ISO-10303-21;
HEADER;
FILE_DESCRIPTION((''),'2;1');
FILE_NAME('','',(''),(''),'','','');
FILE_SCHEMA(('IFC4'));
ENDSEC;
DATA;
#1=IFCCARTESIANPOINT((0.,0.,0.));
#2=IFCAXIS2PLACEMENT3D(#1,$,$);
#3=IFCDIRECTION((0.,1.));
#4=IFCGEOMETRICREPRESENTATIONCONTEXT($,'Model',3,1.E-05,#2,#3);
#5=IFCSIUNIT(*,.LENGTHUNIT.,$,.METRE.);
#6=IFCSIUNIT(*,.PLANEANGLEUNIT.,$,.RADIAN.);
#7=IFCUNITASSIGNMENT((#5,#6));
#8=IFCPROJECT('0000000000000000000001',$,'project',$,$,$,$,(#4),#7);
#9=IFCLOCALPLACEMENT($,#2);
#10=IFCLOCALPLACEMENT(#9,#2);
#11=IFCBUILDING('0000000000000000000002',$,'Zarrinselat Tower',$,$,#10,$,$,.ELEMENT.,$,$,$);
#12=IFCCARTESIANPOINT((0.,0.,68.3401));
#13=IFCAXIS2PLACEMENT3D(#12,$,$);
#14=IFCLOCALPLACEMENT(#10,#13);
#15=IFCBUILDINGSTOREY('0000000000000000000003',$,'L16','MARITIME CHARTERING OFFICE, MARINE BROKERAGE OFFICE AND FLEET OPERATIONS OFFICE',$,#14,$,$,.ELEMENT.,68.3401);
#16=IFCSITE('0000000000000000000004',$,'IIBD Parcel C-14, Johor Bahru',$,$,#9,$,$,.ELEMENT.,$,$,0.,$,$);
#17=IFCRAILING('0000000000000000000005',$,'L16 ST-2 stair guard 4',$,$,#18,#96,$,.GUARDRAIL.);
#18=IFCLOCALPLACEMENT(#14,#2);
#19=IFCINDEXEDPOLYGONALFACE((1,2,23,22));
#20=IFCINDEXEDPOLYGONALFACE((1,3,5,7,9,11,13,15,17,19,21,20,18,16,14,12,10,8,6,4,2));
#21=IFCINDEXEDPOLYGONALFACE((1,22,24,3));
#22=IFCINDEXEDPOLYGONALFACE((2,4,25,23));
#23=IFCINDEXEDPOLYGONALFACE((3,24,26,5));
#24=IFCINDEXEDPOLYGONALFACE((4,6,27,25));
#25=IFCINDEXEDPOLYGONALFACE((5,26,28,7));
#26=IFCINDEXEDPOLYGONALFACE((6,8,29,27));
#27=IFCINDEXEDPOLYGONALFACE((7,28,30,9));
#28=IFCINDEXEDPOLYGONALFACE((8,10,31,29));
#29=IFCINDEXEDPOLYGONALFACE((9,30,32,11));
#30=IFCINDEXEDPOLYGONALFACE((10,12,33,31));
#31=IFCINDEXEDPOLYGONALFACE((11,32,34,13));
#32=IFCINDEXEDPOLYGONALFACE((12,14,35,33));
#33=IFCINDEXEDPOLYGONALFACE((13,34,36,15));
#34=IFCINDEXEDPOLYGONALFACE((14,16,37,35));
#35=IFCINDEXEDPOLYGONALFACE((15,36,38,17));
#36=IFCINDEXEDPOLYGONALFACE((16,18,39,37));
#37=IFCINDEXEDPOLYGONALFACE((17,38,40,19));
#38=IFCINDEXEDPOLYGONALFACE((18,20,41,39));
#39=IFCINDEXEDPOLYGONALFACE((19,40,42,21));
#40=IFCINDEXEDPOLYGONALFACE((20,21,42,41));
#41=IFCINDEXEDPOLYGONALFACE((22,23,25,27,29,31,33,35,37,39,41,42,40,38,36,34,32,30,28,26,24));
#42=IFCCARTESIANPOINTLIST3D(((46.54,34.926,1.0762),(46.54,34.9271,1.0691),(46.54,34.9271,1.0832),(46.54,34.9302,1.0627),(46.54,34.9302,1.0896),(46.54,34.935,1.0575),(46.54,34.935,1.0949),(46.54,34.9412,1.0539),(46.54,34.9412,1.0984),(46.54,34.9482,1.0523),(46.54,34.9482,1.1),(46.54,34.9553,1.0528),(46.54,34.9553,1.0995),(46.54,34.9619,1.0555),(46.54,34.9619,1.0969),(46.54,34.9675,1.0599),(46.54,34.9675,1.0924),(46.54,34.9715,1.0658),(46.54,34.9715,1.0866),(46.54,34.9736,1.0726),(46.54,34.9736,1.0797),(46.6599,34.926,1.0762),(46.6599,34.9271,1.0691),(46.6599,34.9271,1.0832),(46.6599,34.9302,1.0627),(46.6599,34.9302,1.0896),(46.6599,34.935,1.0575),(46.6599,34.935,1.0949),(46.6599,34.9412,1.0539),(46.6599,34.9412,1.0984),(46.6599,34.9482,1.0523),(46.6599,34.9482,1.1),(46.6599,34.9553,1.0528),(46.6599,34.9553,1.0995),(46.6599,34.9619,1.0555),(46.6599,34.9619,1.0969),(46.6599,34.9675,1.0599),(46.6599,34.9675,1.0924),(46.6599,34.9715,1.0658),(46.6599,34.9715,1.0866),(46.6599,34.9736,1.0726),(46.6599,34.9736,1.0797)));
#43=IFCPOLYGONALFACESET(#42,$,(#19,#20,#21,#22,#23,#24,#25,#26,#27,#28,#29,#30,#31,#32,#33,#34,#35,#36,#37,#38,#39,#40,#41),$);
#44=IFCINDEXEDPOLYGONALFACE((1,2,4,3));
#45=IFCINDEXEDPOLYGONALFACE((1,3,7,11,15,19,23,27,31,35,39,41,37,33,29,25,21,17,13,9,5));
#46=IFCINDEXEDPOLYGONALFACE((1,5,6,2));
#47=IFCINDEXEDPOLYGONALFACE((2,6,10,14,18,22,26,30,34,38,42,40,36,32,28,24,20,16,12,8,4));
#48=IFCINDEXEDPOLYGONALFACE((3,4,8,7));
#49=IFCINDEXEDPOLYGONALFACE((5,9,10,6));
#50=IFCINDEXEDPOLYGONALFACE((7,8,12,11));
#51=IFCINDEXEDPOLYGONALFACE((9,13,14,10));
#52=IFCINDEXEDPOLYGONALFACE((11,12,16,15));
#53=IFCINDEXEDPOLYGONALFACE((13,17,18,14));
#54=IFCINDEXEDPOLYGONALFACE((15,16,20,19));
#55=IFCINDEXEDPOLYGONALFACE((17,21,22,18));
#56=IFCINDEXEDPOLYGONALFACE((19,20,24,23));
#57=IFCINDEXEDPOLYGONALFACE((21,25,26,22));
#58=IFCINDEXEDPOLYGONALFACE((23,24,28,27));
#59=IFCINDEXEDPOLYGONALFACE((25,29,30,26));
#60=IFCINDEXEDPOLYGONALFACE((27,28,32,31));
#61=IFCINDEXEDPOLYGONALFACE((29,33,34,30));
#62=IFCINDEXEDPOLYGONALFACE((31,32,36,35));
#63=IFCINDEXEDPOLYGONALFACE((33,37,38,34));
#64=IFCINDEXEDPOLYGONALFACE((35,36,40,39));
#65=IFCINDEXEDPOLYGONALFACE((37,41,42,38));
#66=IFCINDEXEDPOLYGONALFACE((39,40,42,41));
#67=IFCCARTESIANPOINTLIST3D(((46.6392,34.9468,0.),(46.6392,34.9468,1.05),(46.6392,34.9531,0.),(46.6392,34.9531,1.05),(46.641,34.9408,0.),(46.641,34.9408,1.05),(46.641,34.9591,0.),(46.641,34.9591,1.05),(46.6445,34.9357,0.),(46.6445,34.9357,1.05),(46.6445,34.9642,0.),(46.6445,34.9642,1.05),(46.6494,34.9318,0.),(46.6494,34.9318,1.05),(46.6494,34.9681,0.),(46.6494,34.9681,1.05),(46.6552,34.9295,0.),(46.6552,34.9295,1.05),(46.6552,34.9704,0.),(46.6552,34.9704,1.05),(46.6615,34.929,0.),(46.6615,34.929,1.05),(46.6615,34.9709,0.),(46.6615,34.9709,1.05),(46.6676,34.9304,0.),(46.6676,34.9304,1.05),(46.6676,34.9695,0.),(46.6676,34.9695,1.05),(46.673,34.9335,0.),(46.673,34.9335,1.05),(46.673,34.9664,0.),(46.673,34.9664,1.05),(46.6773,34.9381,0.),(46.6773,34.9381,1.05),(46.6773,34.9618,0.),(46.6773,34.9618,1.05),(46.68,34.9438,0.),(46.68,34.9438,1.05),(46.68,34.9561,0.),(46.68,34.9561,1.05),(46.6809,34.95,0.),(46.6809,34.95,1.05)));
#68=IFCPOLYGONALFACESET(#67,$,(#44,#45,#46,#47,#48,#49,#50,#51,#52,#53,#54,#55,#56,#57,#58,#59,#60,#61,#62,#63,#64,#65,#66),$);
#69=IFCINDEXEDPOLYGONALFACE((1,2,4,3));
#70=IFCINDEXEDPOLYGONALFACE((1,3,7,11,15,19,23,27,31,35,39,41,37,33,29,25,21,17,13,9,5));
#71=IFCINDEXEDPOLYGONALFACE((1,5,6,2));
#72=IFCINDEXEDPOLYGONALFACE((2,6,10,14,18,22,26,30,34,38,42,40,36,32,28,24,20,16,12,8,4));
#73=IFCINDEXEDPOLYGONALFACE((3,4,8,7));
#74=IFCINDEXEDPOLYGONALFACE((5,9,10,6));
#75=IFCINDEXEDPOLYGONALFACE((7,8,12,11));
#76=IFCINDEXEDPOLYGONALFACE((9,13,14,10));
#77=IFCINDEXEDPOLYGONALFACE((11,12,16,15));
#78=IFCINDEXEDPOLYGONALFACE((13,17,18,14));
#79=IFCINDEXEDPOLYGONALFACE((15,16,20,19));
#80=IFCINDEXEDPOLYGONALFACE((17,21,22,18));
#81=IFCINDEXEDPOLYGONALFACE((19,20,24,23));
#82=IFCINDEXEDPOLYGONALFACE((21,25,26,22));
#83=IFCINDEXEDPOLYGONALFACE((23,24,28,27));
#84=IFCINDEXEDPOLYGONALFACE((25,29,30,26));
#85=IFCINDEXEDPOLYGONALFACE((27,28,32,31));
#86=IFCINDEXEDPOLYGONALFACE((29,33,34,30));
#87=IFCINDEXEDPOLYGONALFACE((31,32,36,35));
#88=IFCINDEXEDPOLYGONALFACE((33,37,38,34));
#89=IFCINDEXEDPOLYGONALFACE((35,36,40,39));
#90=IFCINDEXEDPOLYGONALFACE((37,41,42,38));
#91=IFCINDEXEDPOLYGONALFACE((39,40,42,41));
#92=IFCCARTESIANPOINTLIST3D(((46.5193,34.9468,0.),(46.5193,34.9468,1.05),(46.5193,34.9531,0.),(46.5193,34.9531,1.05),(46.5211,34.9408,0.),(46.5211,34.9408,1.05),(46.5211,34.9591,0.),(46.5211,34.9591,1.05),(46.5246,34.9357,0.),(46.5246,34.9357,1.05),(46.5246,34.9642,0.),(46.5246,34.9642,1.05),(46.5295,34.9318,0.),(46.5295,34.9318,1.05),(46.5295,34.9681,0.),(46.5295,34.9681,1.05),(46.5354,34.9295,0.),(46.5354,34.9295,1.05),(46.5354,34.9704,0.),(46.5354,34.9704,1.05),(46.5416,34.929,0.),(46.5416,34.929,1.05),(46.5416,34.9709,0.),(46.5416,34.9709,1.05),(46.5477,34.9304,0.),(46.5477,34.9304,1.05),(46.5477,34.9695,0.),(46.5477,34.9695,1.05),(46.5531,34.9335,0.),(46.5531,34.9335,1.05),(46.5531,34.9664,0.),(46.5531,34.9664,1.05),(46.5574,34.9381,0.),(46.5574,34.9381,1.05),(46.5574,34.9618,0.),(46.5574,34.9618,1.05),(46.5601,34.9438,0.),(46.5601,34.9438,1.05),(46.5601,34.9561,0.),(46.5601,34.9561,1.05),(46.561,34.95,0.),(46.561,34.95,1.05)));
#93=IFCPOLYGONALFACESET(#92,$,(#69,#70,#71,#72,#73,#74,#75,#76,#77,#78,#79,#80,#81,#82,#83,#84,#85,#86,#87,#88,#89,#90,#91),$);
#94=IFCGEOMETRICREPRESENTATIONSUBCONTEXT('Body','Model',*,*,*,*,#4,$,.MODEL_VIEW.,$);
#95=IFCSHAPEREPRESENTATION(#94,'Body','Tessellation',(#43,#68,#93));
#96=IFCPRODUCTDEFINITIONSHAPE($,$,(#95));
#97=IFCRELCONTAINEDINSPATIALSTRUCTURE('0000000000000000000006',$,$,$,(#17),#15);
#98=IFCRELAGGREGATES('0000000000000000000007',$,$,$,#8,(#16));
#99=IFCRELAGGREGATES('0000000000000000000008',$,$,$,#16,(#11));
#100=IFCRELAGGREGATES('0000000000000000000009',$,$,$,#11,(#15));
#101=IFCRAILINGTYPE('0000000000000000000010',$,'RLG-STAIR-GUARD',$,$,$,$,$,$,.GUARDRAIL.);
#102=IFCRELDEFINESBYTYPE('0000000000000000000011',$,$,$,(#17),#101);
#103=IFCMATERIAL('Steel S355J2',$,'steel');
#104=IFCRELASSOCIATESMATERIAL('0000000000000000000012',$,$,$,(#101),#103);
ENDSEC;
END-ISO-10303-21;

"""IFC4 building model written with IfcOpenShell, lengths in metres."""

from ifc_helpers import new_model, si_unit, direction, frame, origin, origin_2d, place, context, subcontext, project, spatial, circle, extrude, material, type_object, element, save


model = new_model("IFC4")

# Units and contexts
model_context = context("Model", 3, precision=1e-05, world=origin(), true_north=direction((0.0, 1.0)))
body_context = subcontext(model_context, "Body", "Model", "MODEL_VIEW")
ifc_project = project(units=[si_unit("LENGTHUNIT", "METRE"), si_unit("PLANEANGLEUNIT", "RADIAN")], contexts=[model_context])

# Site, building, storey
site_placement = place(None, origin())
site = spatial("IfcSite", under=ifc_project, at=site_placement, Name="IIBD Parcel C-14, Johor Bahru", CompositionType="ELEMENT", RefElevation=0.0)
building_placement = place(site_placement, origin())
building = spatial("IfcBuilding", under=site, at=building_placement, Name="Zarrinselat Tower", CompositionType="ELEMENT")
storey_placement = place(building_placement, frame((0.0, 0.0, 68.3401)))
storey = spatial("IfcBuildingStorey", under=building, at=storey_placement, Name="L16", Description="MARITIME CHARTERING OFFICE, MARINE BROKERAGE OFFICE AND FLEET OPERATIONS OFFICE", CompositionType="ELEMENT", Elevation=68.3401)

# Railing
ifc_material_1 = material(Name="Steel S355J2", Category="steel")
railing_type_1 = type_object("IfcRailingType", Name="RLG-STAIR-GUARD", PredefinedType="GUARDRAIL", material=ifc_material_1)
railing_1_placement = place(storey_placement, frame((46.6599, 34.95, 0.0)))
element("IfcRailing", 1, at=railing_1_placement, inside=storey, type_object=railing_type_1, Name="L16 ST-2 stair guard 4", PredefinedType="GUARDRAIL", context=body_context, shape_type="SweptSolid", body=[
    extrude(circle(Radius=0.0239, at=origin_2d()), frame((0.0, 0.0, 1.0762), z_axis=(-1.0, 0.0, 0.0), x_axis=(0.0, -1.0, 0.0)), (0.0, 0.0, 1.0), 0.1199),
    extrude(circle(Radius=0.021, at=origin_2d()), origin(), (0.0, 0.0, 1.0), 1.05),
    extrude(circle(Radius=0.021, at=origin_2d()), frame((-0.1199, 0.0, 0.0)), (0.0, 0.0, 1.0), 1.05),
])

save(model, "model.ifc")
